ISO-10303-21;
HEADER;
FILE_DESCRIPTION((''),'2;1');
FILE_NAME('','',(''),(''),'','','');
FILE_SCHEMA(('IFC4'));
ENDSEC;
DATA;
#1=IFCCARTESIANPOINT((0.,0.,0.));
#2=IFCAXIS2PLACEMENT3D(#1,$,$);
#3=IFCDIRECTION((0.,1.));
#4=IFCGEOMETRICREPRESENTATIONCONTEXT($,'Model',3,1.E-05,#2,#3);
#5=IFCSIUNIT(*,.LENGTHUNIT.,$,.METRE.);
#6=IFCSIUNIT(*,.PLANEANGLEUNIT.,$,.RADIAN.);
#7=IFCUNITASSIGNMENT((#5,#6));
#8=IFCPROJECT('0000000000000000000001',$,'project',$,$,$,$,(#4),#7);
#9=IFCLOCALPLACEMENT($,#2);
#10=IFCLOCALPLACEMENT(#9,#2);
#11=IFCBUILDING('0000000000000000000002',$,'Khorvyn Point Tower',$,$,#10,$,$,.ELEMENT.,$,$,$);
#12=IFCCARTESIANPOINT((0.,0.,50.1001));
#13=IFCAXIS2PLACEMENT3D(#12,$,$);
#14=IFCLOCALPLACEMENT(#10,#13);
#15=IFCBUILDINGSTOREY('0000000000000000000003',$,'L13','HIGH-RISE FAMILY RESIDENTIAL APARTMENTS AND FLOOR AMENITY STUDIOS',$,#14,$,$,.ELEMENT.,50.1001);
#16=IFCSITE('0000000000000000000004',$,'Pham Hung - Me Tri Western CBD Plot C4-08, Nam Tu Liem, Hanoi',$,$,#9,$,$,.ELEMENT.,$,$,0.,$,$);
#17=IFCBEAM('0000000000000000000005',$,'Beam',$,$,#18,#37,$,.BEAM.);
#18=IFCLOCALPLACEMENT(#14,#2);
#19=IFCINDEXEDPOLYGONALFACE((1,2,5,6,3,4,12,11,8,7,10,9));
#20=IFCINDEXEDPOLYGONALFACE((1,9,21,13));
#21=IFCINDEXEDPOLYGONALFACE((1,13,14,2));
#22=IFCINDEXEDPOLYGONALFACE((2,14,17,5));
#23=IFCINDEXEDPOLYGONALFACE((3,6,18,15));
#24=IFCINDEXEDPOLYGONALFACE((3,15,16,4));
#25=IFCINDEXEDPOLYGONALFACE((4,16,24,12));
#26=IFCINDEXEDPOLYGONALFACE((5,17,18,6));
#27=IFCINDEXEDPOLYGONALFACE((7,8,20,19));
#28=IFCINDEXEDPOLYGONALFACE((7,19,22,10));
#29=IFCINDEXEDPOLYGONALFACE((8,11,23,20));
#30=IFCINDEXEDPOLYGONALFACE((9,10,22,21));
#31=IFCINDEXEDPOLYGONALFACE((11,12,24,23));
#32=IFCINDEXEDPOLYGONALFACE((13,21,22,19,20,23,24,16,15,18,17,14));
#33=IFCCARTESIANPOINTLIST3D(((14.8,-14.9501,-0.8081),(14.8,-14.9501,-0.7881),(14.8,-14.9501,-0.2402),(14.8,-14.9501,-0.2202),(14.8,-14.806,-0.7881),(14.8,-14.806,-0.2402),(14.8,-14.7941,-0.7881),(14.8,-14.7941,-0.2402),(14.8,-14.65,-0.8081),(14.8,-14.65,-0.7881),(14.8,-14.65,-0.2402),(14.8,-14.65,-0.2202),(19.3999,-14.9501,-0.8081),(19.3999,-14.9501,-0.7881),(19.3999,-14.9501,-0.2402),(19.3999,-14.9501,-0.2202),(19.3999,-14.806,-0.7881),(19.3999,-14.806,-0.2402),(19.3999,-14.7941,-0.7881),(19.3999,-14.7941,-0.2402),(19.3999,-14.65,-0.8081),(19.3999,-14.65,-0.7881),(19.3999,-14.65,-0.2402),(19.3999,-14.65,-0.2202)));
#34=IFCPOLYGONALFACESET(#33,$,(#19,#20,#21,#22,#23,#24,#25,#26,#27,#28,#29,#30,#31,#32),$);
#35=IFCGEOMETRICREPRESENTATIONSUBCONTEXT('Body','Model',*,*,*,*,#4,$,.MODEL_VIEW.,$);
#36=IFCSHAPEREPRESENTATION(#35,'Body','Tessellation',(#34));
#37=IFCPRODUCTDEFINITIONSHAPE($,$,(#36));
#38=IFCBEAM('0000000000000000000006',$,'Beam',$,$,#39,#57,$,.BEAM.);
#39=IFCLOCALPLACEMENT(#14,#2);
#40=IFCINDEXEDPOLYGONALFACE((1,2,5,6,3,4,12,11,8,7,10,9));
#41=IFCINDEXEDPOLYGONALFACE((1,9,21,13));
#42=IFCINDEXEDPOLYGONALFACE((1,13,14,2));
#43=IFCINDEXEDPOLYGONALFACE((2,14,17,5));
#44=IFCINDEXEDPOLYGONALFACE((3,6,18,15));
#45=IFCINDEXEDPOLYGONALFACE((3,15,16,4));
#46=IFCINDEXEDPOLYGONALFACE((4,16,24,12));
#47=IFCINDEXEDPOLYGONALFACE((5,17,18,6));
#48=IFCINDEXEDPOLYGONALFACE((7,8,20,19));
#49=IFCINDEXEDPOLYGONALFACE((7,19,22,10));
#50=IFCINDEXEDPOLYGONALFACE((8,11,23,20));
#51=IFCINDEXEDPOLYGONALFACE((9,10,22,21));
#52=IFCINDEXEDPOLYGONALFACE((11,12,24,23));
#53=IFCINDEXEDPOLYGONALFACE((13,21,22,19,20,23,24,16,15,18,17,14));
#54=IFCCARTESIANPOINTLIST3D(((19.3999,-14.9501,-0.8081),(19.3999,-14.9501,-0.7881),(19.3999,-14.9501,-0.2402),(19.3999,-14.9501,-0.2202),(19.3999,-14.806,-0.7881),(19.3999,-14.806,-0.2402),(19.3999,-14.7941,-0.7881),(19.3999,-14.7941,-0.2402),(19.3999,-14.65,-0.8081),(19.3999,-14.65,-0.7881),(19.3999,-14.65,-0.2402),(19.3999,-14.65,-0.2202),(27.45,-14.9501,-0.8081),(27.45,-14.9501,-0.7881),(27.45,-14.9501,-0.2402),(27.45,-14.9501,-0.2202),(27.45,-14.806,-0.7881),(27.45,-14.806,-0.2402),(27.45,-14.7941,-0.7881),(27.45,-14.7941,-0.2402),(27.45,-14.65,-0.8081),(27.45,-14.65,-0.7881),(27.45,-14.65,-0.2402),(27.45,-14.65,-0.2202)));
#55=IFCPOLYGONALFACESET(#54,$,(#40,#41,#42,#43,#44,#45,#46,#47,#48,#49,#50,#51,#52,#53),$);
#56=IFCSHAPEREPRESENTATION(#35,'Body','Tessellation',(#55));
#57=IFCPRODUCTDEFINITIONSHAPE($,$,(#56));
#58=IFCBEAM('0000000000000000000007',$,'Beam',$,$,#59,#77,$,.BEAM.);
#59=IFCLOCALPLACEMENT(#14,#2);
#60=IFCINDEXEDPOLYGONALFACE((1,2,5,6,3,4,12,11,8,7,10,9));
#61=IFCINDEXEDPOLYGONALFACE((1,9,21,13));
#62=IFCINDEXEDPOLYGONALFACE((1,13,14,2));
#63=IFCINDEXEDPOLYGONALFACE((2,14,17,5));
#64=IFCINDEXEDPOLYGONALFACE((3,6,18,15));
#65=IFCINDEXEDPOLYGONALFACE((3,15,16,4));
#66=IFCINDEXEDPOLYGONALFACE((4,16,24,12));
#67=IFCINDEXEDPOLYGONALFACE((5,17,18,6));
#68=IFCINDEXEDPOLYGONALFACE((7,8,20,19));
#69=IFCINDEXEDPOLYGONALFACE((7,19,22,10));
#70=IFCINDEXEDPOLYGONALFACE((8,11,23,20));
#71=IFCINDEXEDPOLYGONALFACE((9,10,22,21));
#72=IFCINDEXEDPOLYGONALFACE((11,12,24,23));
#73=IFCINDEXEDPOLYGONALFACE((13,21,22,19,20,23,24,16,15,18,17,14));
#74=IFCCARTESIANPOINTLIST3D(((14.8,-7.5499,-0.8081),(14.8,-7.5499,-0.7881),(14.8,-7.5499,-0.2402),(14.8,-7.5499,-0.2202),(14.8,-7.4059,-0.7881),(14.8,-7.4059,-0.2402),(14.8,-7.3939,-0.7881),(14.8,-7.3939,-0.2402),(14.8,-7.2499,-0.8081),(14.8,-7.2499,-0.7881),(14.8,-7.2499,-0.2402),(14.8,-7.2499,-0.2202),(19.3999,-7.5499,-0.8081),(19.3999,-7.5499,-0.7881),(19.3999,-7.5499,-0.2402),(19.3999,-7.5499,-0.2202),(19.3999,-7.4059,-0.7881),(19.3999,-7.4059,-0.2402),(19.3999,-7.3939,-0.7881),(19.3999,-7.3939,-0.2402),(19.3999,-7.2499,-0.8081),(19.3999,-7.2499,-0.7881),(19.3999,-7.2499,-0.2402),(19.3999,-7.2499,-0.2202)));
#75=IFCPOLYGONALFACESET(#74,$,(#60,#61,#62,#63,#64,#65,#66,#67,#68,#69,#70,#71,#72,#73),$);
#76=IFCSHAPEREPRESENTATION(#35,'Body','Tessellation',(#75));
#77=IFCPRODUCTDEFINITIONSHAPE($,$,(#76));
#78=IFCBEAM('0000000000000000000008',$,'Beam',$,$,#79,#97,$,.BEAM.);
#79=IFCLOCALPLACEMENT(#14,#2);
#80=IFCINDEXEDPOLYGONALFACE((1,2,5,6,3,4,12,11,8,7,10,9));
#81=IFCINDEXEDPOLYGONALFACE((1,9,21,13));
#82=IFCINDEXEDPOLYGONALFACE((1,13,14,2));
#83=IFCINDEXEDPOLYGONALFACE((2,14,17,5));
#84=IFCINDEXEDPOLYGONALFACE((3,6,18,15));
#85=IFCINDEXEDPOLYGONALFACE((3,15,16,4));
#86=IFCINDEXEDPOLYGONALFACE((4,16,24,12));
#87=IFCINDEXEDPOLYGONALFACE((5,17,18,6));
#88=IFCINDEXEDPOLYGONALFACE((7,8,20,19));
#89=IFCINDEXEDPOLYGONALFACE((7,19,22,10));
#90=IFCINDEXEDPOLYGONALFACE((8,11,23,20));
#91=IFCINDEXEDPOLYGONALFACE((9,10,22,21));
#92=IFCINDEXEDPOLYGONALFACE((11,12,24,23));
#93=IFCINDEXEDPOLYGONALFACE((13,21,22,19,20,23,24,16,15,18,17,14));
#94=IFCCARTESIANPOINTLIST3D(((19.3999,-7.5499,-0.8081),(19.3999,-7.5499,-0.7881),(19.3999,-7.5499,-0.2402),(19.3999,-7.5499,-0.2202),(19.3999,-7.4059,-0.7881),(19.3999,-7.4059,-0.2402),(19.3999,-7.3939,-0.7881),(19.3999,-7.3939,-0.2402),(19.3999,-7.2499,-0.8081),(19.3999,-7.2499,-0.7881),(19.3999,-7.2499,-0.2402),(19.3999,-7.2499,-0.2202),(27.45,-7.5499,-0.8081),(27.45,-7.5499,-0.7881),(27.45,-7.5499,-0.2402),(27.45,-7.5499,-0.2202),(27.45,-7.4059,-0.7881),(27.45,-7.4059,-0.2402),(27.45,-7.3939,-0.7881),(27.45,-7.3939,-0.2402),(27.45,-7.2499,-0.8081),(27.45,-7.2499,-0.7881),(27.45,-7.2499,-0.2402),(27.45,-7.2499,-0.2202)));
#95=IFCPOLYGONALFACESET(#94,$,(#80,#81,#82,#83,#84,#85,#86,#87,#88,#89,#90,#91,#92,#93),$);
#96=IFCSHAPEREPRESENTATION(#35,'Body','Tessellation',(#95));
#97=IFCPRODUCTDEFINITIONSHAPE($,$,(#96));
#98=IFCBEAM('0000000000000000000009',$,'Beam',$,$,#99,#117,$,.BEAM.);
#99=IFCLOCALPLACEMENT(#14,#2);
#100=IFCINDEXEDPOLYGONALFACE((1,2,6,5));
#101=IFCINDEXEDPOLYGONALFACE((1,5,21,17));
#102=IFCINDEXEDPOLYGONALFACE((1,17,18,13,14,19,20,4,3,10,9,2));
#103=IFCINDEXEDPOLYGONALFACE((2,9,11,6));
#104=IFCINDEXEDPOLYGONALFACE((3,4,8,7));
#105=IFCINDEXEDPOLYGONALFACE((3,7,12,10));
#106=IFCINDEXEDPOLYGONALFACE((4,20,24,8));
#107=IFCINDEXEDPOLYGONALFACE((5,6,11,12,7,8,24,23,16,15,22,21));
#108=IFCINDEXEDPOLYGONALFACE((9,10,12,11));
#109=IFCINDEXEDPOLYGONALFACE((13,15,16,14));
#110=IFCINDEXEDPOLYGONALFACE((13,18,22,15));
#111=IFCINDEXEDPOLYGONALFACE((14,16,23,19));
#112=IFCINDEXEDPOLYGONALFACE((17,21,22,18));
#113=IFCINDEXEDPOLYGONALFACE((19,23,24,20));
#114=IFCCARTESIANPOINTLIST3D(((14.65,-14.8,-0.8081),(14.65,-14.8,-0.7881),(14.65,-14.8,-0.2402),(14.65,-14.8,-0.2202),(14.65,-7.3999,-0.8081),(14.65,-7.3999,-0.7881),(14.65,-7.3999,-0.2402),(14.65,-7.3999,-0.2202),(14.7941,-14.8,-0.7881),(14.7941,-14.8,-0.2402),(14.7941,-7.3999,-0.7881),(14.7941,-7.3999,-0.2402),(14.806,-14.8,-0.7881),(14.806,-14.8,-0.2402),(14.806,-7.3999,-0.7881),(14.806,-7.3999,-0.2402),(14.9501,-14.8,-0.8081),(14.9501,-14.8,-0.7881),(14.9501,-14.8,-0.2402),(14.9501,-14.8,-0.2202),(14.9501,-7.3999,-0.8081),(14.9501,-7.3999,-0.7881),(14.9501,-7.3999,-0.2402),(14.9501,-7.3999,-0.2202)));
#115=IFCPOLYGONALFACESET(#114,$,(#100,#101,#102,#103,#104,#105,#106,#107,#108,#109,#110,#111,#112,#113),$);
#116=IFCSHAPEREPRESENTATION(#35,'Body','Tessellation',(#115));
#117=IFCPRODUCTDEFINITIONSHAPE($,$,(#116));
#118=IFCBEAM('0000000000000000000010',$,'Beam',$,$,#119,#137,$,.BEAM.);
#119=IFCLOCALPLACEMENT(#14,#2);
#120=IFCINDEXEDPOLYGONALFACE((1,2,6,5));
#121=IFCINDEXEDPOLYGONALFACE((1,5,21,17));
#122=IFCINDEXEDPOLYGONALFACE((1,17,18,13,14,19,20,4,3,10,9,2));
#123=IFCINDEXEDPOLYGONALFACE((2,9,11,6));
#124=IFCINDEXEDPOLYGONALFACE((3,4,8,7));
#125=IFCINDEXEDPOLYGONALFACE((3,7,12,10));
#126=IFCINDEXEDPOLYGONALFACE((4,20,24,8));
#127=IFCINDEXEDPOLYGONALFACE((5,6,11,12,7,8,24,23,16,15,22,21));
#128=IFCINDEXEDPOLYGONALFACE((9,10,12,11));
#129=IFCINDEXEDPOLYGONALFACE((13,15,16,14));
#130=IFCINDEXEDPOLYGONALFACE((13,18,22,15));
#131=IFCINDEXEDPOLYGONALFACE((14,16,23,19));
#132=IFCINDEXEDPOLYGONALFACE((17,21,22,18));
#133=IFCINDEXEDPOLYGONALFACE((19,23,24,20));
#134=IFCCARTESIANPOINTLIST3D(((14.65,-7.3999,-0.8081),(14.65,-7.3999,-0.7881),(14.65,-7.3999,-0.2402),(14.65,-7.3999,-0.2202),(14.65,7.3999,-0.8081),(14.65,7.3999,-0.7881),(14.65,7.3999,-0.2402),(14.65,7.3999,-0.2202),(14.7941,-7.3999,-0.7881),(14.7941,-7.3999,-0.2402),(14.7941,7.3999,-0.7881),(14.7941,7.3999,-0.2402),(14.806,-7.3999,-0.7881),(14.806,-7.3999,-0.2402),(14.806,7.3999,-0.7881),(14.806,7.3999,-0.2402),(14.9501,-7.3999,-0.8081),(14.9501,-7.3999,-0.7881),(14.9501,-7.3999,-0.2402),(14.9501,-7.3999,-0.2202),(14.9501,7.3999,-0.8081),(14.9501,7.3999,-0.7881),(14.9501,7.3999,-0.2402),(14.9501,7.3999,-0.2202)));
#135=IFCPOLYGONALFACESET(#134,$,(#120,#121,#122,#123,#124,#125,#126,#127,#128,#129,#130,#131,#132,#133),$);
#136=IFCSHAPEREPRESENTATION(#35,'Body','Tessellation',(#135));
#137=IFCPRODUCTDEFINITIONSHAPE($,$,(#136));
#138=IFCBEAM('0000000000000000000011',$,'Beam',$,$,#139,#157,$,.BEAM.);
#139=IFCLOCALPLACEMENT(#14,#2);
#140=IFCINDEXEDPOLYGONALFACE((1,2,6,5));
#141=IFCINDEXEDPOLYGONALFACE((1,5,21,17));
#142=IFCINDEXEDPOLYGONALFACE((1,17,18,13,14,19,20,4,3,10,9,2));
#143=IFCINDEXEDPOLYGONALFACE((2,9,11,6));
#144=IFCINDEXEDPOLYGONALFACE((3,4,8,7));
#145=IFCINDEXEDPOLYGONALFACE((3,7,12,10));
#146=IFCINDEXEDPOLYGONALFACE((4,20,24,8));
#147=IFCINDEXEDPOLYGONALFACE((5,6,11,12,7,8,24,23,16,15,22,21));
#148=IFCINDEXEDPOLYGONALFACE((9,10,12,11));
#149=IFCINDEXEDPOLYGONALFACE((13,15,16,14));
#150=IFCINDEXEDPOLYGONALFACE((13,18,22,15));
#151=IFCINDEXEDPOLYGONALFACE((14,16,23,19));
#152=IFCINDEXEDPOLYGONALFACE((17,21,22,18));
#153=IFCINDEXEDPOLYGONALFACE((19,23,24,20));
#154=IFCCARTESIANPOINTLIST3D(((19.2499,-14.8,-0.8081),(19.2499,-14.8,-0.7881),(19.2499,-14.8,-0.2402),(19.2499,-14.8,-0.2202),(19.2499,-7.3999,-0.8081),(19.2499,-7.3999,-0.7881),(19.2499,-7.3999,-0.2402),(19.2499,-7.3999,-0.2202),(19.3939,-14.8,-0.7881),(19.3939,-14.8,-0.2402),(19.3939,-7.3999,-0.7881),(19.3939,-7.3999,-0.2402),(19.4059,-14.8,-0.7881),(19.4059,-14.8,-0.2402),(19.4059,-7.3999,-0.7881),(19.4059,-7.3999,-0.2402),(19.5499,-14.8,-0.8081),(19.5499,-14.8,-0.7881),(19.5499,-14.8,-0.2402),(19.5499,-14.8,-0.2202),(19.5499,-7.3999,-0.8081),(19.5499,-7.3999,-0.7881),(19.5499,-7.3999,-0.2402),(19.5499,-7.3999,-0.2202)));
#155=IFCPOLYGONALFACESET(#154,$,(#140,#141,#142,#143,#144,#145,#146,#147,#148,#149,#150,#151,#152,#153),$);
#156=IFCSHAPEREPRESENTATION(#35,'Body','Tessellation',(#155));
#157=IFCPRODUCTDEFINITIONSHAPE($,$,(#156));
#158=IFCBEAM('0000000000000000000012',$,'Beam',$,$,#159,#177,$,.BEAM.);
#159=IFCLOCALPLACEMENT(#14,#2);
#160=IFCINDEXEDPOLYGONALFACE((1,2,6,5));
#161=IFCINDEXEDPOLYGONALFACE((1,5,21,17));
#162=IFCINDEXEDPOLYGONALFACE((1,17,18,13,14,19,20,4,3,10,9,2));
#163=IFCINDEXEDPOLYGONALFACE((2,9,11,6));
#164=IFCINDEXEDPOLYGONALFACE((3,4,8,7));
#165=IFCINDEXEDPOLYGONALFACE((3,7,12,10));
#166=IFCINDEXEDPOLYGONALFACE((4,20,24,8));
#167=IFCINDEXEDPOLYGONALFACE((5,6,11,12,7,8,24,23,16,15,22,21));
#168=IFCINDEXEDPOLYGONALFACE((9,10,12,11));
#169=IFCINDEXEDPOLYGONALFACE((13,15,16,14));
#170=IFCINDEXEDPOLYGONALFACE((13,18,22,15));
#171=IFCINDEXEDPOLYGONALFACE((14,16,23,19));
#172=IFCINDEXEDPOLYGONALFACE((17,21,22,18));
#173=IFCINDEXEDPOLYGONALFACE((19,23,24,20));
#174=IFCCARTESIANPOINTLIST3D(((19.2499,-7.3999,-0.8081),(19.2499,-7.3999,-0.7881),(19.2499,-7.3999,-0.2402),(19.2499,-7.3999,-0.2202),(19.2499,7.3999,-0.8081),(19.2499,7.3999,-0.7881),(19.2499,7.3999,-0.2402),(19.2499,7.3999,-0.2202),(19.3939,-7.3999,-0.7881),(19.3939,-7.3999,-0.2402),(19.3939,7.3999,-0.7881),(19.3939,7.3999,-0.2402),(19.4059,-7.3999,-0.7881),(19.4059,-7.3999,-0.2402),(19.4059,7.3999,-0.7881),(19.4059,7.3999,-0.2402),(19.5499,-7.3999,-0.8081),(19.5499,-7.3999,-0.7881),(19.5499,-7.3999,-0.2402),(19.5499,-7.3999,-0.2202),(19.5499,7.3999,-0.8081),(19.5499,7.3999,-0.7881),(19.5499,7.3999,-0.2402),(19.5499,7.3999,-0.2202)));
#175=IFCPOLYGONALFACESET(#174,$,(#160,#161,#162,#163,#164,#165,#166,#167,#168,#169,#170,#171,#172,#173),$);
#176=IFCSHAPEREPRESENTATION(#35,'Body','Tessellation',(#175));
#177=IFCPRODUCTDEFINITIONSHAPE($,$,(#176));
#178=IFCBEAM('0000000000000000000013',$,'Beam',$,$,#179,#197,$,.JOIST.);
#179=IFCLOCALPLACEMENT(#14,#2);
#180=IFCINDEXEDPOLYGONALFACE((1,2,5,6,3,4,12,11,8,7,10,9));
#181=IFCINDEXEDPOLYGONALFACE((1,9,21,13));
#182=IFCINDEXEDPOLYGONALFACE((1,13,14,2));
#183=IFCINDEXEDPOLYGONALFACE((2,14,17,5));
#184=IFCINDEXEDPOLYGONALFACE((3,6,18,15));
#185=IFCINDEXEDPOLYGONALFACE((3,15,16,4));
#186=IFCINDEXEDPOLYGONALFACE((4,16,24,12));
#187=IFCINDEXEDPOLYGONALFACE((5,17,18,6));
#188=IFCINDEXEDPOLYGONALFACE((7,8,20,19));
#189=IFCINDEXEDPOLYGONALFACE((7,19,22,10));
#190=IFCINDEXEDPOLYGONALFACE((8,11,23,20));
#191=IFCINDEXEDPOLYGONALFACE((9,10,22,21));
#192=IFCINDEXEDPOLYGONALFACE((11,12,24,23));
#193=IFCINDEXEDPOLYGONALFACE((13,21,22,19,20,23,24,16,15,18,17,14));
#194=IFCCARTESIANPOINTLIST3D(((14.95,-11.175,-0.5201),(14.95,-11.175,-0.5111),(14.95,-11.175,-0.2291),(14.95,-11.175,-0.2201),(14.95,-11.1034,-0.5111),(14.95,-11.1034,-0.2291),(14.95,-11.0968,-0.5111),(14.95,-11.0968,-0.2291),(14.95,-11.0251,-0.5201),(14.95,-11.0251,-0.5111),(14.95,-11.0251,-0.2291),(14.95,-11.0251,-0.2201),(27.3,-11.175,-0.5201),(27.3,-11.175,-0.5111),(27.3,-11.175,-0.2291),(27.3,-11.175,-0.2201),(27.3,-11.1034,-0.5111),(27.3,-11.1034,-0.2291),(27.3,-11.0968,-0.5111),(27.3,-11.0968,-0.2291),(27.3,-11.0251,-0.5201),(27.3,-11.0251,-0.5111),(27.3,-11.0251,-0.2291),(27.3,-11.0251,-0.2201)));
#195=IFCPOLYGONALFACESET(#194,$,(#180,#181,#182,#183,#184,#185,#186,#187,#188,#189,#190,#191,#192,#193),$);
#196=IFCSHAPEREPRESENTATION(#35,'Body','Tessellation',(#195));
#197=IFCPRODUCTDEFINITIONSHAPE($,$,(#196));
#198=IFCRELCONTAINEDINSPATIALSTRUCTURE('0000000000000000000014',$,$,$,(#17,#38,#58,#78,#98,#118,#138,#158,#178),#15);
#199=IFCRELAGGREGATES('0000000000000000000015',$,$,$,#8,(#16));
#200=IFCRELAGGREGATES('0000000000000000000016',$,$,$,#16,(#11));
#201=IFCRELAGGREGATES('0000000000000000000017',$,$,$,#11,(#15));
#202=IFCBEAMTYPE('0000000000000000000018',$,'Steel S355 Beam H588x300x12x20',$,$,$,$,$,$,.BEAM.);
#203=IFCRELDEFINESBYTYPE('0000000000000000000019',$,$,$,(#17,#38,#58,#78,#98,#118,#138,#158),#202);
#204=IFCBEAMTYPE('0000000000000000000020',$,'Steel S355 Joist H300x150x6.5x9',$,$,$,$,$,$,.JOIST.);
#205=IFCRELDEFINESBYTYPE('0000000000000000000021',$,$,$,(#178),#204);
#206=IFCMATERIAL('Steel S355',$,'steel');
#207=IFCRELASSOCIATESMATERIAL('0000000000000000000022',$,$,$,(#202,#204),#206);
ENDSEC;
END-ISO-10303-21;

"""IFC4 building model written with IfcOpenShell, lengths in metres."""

from ifc_helpers import new_model, si_unit, direction, frame, origin, origin_2d, place, context, subcontext, project, spatial, i_section, extrude, material, material_profile, profile_set, type_object, element, save


model = new_model("IFC4")

# Units and contexts
model_context = context("Model", 3, precision=1e-05, world=origin(), true_north=direction((0.0, 1.0)))
body_context = subcontext(model_context, "Body", "Model", "MODEL_VIEW")
ifc_project = project(units=[si_unit("LENGTHUNIT", "METRE"), si_unit("PLANEANGLEUNIT", "RADIAN")], contexts=[model_context])

# Site, building, storey
site_placement = place(None, origin())
site = spatial("IfcSite", under=ifc_project, at=site_placement, Name="Pham Hung - Me Tri Western CBD Plot C4-08, Nam Tu Liem, Hanoi", CompositionType="ELEMENT", RefElevation=0.0)
building_placement = place(site_placement, origin())
building = spatial("IfcBuilding", under=site, at=building_placement, Name="Khorvyn Point Tower", CompositionType="ELEMENT")
storey_placement = place(building_placement, frame((0.0, 0.0, 50.1001)))
storey = spatial("IfcBuildingStorey", under=building, at=storey_placement, Name="L13", Description="HIGH-RISE FAMILY RESIDENTIAL APARTMENTS AND FLOOR AMENITY STUDIOS", CompositionType="ELEMENT", Elevation=50.1001)

# Beams
ifc_material_1 = material(Name="Steel S355", Category="steel")
ifc_material_profile_1 = material_profile(ifc_material_1, i_section(OverallWidth=0.3, OverallDepth=0.5879, WebThickness=0.012, FlangeThickness=0.02, at=origin_2d()))
ifc_profile_set_1 = profile_set([ifc_material_profile_1], Name="Steel S355 H588x300x12x20")
beam_type_1 = type_object("IfcBeamType", Name="Steel S355 Beam H588x300x12x20", PredefinedType="BEAM", material=ifc_profile_set_1)
beam_1_placement = place(storey_placement, frame((14.8, -14.8, -0.5142), z_axis=(1.0, 0.0, 0.0), x_axis=(0.0, 1.0, 0.0)))
element("IfcBeam", 1, at=beam_1_placement, inside=storey, type_object=beam_type_1, Name="Beam", PredefinedType="BEAM", context=body_context, shape_type="SweptSolid", body=[
    extrude(i_section(OverallWidth=0.3, OverallDepth=0.5879, WebThickness=0.012, FlangeThickness=0.02, at=origin_2d()), origin(), (0.0, 0.0, 1.0), 4.5999),
])
beam_2_placement = place(storey_placement, frame((19.3999, -14.8, -0.5142), z_axis=(1.0, 0.0, 0.0), x_axis=(0.0, 1.0, 0.0)))
element("IfcBeam", 2, at=beam_2_placement, inside=storey, type_object=beam_type_1, Name="Beam", PredefinedType="BEAM", context=body_context, shape_type="SweptSolid", body=[
    extrude(i_section(OverallWidth=0.3, OverallDepth=0.5879, WebThickness=0.012, FlangeThickness=0.02, at=origin_2d()), origin(), (0.0, 0.0, 1.0), 8.05),
])
beam_3_placement = place(storey_placement, frame((14.8, -7.3999, -0.5142), z_axis=(1.0, 0.0, 0.0), x_axis=(0.0, 1.0, 0.0)))
element("IfcBeam", 3, at=beam_3_placement, inside=storey, type_object=beam_type_1, Name="Beam", PredefinedType="BEAM", context=body_context, shape_type="SweptSolid", body=[
    extrude(i_section(OverallWidth=0.3, OverallDepth=0.5879, WebThickness=0.012, FlangeThickness=0.02, at=origin_2d()), origin(), (0.0, 0.0, 1.0), 4.5999),
])
beam_4_placement = place(storey_placement, frame((19.3999, -7.3999, -0.5142), z_axis=(1.0, 0.0, 0.0), x_axis=(0.0, 1.0, 0.0)))
element("IfcBeam", 4, at=beam_4_placement, inside=storey, type_object=beam_type_1, Name="Beam", PredefinedType="BEAM", context=body_context, shape_type="SweptSolid", body=[
    extrude(i_section(OverallWidth=0.3, OverallDepth=0.5879, WebThickness=0.012, FlangeThickness=0.02, at=origin_2d()), origin(), (0.0, 0.0, 1.0), 8.05),
])
beam_5_placement = place(storey_placement, frame((14.8, -14.8, -0.5142), z_axis=(0.0, 1.0, 0.0), x_axis=(-1.0, 0.0, 0.0)))
element("IfcBeam", 5, at=beam_5_placement, inside=storey, type_object=beam_type_1, Name="Beam", PredefinedType="BEAM", context=body_context, shape_type="SweptSolid", body=[
    extrude(i_section(OverallWidth=0.3, OverallDepth=0.5879, WebThickness=0.012, FlangeThickness=0.02, at=origin_2d()), origin(), (0.0, 0.0, 1.0), 7.4001),
])
beam_6_placement = place(storey_placement, frame((14.8, -7.3999, -0.5142), z_axis=(0.0, 1.0, 0.0), x_axis=(-1.0, 0.0, 0.0)))
element("IfcBeam", 6, at=beam_6_placement, inside=storey, type_object=beam_type_1, Name="Beam", PredefinedType="BEAM", context=body_context, shape_type="SweptSolid", body=[
    extrude(i_section(OverallWidth=0.3, OverallDepth=0.5879, WebThickness=0.012, FlangeThickness=0.02, at=origin_2d()), origin(), (0.0, 0.0, 1.0), 14.7998),
])
beam_7_placement = place(storey_placement, frame((19.3999, -14.8, -0.5142), z_axis=(0.0, 1.0, 0.0), x_axis=(-1.0, 0.0, 0.0)))
element("IfcBeam", 7, at=beam_7_placement, inside=storey, type_object=beam_type_1, Name="Beam", PredefinedType="BEAM", context=body_context, shape_type="SweptSolid", body=[
    extrude(i_section(OverallWidth=0.3, OverallDepth=0.5879, WebThickness=0.012, FlangeThickness=0.02, at=origin_2d()), origin(), (0.0, 0.0, 1.0), 7.4001),
])
beam_8_placement = place(storey_placement, frame((19.3999, -7.3999, -0.5142), z_axis=(0.0, 1.0, 0.0), x_axis=(-1.0, 0.0, 0.0)))
element("IfcBeam", 8, at=beam_8_placement, inside=storey, type_object=beam_type_1, Name="Beam", PredefinedType="BEAM", context=body_context, shape_type="SweptSolid", body=[
    extrude(i_section(OverallWidth=0.3, OverallDepth=0.5879, WebThickness=0.012, FlangeThickness=0.02, at=origin_2d()), origin(), (0.0, 0.0, 1.0), 14.7998),
])
ifc_material_profile_2 = material_profile(ifc_material_1, i_section(OverallWidth=0.1499, OverallDepth=0.3, WebThickness=0.0066, FlangeThickness=0.009, at=origin_2d()))
ifc_profile_set_2 = profile_set([ifc_material_profile_2], Name="Steel S355 H300x150x6.5x9")
beam_type_2 = type_object("IfcBeamType", Name="Steel S355 Joist H300x150x6.5x9", PredefinedType="JOIST", material=ifc_profile_set_2)
beam_9_placement = place(storey_placement, frame((14.95, -11.1001, -0.3701), z_axis=(1.0, 0.0, 0.0), x_axis=(0.0, 1.0, 0.0)))
element("IfcBeam", 9, at=beam_9_placement, inside=storey, type_object=beam_type_2, Name="Beam", PredefinedType="JOIST", context=body_context, shape_type="SweptSolid", body=[
    extrude(i_section(OverallWidth=0.1499, OverallDepth=0.3, WebThickness=0.0066, FlangeThickness=0.009, at=origin_2d()), origin(), (0.0, 0.0, 1.0), 12.3501),
])

save(model, "model.ifc")
